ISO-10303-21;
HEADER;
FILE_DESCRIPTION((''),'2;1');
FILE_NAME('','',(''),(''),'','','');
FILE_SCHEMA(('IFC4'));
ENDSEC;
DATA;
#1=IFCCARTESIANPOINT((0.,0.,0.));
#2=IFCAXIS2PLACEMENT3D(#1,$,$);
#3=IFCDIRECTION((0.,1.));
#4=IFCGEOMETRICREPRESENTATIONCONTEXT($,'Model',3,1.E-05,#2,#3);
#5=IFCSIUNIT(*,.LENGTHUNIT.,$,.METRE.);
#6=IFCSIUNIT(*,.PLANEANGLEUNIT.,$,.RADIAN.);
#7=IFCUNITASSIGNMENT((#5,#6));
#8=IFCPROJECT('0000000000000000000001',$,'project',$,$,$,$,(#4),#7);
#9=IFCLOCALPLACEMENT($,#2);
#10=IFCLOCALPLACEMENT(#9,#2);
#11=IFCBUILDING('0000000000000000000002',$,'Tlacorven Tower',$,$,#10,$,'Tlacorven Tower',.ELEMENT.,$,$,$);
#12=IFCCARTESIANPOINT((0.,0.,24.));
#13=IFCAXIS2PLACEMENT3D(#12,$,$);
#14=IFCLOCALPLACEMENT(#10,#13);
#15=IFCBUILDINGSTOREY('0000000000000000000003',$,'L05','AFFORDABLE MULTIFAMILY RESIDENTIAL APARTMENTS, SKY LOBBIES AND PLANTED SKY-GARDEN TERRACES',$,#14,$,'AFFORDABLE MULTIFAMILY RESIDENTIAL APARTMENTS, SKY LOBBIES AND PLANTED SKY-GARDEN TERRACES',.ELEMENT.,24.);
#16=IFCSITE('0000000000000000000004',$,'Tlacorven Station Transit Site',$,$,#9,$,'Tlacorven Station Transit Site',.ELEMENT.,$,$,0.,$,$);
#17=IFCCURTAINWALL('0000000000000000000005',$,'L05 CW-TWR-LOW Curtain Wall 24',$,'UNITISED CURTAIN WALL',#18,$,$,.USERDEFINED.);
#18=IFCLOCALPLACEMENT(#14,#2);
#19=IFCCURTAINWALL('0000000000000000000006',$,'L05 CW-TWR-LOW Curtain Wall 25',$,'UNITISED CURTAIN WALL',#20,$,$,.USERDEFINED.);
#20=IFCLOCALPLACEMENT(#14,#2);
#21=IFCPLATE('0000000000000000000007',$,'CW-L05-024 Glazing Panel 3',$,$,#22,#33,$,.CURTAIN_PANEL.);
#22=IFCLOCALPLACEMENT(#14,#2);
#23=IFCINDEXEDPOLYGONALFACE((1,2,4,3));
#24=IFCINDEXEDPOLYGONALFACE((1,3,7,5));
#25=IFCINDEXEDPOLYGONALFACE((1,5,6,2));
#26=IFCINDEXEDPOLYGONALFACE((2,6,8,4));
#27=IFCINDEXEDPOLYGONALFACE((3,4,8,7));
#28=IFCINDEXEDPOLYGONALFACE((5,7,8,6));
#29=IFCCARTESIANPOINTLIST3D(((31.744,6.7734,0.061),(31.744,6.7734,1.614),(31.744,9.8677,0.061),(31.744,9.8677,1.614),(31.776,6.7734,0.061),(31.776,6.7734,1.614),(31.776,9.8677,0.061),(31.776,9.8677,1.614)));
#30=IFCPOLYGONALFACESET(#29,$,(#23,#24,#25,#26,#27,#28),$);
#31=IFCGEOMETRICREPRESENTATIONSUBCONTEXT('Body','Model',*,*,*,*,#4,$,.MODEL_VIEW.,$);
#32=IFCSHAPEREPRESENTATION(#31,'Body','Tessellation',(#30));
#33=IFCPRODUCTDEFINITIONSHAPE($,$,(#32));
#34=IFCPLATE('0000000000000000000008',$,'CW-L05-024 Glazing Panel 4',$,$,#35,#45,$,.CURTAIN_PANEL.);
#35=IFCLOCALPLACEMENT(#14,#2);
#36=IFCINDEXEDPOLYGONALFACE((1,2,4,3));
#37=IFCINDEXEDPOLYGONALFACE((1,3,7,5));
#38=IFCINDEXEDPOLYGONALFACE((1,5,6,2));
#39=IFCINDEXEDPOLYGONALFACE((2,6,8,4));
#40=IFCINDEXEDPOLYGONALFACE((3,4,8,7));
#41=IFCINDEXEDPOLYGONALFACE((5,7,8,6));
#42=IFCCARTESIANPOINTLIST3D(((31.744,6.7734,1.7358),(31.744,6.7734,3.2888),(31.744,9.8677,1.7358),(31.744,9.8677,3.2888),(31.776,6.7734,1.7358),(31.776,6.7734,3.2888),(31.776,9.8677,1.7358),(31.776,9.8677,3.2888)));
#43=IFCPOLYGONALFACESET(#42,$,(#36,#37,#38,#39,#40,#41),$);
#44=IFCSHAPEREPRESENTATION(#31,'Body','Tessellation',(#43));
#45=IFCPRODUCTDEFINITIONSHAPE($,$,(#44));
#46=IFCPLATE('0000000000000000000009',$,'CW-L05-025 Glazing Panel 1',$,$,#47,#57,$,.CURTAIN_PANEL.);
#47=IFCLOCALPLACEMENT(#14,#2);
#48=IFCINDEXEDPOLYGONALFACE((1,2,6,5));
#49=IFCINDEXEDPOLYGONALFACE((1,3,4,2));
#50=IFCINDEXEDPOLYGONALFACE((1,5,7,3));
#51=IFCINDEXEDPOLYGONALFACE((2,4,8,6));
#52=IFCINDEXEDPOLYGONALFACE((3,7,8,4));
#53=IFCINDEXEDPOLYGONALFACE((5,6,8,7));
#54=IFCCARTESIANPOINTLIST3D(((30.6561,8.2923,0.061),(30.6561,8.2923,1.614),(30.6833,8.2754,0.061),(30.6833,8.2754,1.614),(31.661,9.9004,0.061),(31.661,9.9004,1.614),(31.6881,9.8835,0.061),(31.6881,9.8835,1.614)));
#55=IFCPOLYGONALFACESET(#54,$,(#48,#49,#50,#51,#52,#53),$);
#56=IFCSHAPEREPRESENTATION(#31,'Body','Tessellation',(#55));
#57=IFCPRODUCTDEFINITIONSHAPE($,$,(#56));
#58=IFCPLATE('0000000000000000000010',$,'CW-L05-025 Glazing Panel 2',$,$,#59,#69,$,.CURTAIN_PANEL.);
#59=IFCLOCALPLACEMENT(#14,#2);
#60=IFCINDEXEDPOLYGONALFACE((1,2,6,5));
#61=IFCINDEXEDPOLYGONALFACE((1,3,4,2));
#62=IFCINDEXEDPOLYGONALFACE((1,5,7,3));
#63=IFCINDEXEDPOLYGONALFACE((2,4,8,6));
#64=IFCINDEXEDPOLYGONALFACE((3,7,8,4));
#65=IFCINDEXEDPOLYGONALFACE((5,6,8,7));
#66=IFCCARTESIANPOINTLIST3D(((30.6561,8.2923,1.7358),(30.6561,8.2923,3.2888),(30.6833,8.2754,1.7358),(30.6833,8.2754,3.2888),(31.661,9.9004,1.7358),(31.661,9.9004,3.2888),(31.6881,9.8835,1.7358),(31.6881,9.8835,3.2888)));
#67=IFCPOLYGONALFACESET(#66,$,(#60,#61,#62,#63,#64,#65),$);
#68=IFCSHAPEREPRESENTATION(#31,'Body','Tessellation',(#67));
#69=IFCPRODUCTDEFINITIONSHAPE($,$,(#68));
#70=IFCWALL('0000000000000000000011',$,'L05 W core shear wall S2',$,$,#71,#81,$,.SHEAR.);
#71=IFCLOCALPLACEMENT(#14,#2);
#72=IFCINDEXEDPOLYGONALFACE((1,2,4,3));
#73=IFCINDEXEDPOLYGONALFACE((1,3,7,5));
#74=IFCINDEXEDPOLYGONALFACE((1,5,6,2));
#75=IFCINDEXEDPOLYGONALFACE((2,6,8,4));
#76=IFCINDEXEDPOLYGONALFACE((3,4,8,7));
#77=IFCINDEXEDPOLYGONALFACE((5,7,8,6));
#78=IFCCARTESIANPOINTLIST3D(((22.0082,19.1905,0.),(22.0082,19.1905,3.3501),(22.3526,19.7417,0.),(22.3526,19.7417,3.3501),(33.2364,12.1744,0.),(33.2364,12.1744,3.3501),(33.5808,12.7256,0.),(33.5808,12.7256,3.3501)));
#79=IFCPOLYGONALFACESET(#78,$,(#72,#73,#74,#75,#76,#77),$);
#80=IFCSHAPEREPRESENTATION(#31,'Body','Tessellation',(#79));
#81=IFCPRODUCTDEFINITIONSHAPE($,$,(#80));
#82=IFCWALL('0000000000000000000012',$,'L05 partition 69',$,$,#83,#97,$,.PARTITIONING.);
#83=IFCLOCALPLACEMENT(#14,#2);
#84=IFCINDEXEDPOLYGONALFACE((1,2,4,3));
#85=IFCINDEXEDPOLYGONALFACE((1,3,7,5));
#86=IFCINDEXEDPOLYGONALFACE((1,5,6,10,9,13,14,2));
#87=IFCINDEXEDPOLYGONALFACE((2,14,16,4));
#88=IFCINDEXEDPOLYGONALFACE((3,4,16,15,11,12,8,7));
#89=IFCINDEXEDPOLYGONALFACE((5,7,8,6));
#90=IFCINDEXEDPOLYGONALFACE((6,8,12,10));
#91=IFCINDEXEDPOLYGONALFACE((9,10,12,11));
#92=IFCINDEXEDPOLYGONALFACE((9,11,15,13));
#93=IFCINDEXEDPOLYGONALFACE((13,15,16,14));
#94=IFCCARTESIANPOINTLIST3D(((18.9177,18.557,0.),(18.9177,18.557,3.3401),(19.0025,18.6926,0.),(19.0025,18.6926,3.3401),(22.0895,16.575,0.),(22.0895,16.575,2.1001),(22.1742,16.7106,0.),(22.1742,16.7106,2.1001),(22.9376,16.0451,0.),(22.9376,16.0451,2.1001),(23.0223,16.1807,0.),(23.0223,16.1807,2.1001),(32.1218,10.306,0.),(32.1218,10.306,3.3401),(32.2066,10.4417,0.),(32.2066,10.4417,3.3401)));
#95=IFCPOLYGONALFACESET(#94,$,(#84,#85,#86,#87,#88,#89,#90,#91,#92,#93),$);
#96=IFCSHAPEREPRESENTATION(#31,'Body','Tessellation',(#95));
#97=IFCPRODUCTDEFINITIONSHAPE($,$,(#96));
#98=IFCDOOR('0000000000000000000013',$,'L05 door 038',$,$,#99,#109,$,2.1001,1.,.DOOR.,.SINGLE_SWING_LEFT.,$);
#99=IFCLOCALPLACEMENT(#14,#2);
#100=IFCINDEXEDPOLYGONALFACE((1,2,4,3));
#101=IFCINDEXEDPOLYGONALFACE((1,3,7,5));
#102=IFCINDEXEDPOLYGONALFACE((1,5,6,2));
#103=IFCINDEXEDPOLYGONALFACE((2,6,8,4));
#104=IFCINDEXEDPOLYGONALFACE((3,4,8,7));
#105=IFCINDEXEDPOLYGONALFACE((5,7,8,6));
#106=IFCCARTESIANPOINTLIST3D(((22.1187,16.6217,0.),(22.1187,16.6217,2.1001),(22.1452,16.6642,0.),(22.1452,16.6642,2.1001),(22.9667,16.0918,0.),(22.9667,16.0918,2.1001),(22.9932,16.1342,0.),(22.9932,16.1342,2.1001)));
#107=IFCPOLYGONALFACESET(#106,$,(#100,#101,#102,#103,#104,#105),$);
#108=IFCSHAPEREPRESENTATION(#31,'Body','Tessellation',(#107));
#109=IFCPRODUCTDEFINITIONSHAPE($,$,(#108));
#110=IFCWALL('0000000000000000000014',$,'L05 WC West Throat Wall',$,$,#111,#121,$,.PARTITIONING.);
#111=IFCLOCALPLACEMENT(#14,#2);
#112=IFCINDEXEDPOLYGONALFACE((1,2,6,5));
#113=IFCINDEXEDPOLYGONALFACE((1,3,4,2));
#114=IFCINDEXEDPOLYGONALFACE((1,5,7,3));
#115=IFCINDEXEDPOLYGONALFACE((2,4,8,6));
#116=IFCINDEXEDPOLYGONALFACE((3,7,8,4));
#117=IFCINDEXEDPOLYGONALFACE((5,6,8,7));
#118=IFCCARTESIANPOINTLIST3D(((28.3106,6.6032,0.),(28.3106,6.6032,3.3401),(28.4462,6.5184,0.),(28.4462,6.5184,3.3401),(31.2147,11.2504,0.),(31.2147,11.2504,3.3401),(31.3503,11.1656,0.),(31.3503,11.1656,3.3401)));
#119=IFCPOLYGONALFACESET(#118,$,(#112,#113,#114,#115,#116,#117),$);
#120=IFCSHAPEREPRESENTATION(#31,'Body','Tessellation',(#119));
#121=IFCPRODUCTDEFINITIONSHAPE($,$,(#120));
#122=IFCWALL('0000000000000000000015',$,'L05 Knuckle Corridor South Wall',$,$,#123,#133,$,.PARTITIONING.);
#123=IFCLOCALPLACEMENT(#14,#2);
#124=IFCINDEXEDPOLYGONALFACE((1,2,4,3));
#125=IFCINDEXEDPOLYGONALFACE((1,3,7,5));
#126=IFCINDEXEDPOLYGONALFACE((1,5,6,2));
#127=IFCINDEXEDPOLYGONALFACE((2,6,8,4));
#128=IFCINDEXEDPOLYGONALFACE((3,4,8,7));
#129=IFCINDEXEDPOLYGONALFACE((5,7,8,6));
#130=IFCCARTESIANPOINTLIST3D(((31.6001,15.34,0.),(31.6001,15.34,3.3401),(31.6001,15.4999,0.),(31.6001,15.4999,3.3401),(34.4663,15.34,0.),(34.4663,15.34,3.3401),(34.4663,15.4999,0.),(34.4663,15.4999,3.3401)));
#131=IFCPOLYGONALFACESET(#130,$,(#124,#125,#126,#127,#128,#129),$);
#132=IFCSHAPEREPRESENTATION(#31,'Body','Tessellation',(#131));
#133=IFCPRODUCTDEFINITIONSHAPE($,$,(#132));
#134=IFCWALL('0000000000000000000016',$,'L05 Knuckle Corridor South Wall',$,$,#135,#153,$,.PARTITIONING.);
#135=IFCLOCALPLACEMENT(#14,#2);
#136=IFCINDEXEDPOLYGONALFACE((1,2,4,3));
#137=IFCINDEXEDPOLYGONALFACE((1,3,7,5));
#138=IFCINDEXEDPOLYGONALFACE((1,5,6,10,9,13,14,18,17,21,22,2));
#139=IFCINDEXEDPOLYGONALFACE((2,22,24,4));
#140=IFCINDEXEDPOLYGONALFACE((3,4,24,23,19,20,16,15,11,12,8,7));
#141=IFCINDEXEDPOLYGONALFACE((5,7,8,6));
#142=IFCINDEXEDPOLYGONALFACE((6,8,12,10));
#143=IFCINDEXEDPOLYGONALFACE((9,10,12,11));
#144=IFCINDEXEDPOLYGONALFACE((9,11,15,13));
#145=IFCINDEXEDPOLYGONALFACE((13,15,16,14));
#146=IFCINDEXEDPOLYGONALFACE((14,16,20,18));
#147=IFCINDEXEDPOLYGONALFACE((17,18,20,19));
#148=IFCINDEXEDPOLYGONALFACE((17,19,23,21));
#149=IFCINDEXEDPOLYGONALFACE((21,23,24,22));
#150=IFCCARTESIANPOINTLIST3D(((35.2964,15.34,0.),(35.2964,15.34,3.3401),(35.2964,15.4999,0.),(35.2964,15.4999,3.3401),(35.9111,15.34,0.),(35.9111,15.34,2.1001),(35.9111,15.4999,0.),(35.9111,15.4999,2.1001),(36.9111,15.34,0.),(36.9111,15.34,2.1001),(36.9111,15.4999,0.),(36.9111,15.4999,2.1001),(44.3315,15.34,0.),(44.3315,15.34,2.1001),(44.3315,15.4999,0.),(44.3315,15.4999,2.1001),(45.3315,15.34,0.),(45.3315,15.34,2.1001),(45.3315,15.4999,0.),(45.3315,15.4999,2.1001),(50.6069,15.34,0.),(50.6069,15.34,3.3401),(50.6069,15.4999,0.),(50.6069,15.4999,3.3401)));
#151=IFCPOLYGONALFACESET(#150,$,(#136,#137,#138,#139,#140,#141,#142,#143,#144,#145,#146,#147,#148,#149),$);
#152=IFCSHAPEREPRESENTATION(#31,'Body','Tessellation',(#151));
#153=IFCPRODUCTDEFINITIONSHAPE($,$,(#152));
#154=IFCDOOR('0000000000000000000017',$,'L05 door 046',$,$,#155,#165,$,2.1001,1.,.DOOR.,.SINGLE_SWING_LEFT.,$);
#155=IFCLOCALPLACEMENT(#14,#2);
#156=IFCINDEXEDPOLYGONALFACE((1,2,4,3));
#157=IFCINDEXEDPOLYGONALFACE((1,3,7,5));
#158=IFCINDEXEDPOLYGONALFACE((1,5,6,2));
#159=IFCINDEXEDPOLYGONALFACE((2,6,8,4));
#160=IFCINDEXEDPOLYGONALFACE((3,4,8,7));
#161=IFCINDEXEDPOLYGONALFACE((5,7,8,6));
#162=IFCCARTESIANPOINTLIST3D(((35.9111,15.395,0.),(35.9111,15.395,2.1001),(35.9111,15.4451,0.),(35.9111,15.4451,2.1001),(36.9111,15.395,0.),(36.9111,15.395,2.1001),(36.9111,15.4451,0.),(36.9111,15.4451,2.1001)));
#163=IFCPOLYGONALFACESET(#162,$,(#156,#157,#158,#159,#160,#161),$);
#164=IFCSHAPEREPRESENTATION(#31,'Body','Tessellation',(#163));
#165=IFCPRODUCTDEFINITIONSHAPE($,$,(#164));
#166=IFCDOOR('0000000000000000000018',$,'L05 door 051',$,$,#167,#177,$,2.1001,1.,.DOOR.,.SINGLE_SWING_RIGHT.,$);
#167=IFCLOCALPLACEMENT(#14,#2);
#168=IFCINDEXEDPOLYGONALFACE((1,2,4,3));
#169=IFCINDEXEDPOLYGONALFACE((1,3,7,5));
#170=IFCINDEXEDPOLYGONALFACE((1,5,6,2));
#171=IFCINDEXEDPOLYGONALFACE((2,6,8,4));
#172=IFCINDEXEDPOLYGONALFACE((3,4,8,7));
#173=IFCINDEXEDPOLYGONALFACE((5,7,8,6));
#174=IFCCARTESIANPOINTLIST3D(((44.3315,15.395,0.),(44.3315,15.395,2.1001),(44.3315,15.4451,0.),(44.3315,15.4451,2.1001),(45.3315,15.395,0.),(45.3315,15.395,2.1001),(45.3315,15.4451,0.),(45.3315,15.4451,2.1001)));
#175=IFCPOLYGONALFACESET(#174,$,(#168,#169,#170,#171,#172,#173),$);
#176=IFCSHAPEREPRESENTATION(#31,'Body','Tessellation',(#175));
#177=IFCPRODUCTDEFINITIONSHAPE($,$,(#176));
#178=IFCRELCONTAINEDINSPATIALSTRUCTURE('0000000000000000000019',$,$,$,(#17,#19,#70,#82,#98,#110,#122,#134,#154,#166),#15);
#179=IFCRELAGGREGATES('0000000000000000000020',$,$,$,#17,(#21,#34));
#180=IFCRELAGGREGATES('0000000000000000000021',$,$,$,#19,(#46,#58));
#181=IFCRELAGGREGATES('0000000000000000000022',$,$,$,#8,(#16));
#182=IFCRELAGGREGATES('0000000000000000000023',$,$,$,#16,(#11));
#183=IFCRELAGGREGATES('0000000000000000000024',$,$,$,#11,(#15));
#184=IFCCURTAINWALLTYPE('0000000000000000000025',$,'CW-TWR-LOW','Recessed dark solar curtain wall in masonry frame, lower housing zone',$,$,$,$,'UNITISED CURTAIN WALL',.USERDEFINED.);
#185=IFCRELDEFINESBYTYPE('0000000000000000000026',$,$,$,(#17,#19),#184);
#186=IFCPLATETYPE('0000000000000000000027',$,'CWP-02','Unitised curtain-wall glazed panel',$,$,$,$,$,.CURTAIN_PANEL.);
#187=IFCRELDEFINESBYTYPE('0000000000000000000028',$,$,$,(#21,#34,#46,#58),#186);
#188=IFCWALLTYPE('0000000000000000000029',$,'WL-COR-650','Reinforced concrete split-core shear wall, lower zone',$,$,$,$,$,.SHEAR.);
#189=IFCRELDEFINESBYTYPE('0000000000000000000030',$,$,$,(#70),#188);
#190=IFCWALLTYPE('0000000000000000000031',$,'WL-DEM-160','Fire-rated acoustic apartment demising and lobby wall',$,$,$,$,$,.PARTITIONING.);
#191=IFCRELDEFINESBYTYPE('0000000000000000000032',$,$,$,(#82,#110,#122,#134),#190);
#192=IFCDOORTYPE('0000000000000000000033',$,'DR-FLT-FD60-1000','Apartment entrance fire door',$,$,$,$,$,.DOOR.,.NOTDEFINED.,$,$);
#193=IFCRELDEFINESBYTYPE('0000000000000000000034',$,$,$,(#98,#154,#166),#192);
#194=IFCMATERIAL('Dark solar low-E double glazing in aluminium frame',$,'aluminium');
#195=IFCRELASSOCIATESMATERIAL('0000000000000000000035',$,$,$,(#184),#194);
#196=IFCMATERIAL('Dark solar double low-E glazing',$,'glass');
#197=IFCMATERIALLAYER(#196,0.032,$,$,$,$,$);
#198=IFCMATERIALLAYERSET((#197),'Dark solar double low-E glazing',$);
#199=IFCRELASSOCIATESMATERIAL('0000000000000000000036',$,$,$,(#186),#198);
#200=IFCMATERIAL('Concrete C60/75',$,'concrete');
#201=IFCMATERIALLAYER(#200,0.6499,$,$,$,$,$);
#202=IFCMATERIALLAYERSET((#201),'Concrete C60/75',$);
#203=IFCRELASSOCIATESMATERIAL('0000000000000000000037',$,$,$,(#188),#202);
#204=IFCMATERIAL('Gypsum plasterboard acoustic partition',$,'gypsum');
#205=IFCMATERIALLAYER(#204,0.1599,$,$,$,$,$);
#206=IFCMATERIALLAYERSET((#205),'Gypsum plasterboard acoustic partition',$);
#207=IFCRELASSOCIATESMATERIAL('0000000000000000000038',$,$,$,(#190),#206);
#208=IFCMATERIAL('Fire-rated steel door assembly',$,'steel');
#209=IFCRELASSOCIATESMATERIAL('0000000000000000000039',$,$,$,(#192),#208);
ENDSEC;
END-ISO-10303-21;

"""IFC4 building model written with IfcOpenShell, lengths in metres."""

from ifc_helpers import new_model, si_unit, direction, frame, frame_2d, origin, origin_2d, place, context, subcontext, project, spatial, rectangle, extrude, source, transform, mapped, material, layer, layer_set, type_object, element, fill, aggregate, save


model = new_model("IFC4")

# Units and contexts
model_context = context("Model", 3, precision=1e-05, world=origin(), true_north=direction((0.0, 1.0)))
body_context = subcontext(model_context, "Body", "Model", "MODEL_VIEW")
ifc_project = project(units=[si_unit("LENGTHUNIT", "METRE"), si_unit("PLANEANGLEUNIT", "RADIAN")], contexts=[model_context])

# Site, building, storey
site_placement = place(None, origin())
site = spatial("IfcSite", under=ifc_project, at=site_placement, Name="Tlacorven Station Transit Site", LongName="Tlacorven Station Transit Site", CompositionType="ELEMENT", RefElevation=0.0)
building_placement = place(site_placement, origin())
building = spatial("IfcBuilding", under=site, at=building_placement, Name="Tlacorven Tower", LongName="Tlacorven Tower", CompositionType="ELEMENT")
storey_placement = place(building_placement, frame((0.0, 0.0, 24.0)))
storey = spatial("IfcBuildingStorey", under=building, at=storey_placement, Name="L05", Description="AFFORDABLE MULTIFAMILY RESIDENTIAL APARTMENTS, SKY LOBBIES AND PLANTED SKY-GARDEN TERRACES", LongName="AFFORDABLE MULTIFAMILY RESIDENTIAL APARTMENTS, SKY LOBBIES AND PLANTED SKY-GARDEN TERRACES", CompositionType="ELEMENT", Elevation=24.0)

# Curtain walls
ifc_material_1 = material(Name="Dark solar low-E double glazing in aluminium frame", Category="aluminium")
curtain_wall_type = type_object("IfcCurtainWallType", Name="CW-TWR-LOW", Description="Recessed dark solar curtain wall in masonry frame, lower housing zone", ElementType="UNITISED CURTAIN WALL", PredefinedType="USERDEFINED", material=ifc_material_1)
curtain_wall_1_placement = place(storey_placement, origin())
curtain_wall_1 = element("IfcCurtainWall", 1, at=curtain_wall_1_placement, inside=storey, type_object=curtain_wall_type, Name="L05 CW-TWR-LOW Curtain Wall 24", ObjectType="UNITISED CURTAIN WALL", PredefinedType="USERDEFINED")
curtain_wall_2_placement = place(storey_placement, origin())
curtain_wall_2 = element("IfcCurtainWall", 2, at=curtain_wall_2_placement, inside=storey, type_object=curtain_wall_type, Name="L05 CW-TWR-LOW Curtain Wall 25", ObjectType="UNITISED CURTAIN WALL", PredefinedType="USERDEFINED")

# Plates
ifc_material_2 = material(Name="Dark solar double low-E glazing", Category="glass")
ifc_layer_1 = layer(ifc_material_2, 0.032)
ifc_layer_set_1 = layer_set([ifc_layer_1], Name="Dark solar double low-E glazing")
plate_type = type_object("IfcPlateType", Name="CWP-02", Description="Unitised curtain-wall glazed panel", PredefinedType="CURTAIN_PANEL", material=ifc_layer_set_1)
shared_shape_1 = source(origin(), body_context, "Body", "SweptSolid", [
    extrude(rectangle(XDim=3.0942, YDim=0.032, at=origin_2d()), origin(), (0.0, 0.0, 1.0), 1.553),
])
plate_1_placement = place(storey_placement, frame((31.76, 8.3206, 0.061), z_axis=(0.0, 0.0, 1.0), x_axis=(0.0, 1.0, 0.0)))
plate_1 = element("IfcPlate", 3, at=plate_1_placement, type_object=plate_type, Name="CW-L05-024 Glazing Panel 3", PredefinedType="CURTAIN_PANEL", context=body_context, shape_type="MappedRepresentation", body=[
    mapped(shared_shape_1, transform((0.0, 0.0, 0.0), scale=1.0)),
])
plate_2_placement = place(storey_placement, frame((31.76, 8.3206, 1.7358), z_axis=(0.0, 0.0, 1.0), x_axis=(0.0, 1.0, 0.0)))
plate_2 = element("IfcPlate", 4, at=plate_2_placement, type_object=plate_type, Name="CW-L05-024 Glazing Panel 4", PredefinedType="CURTAIN_PANEL", context=body_context, shape_type="MappedRepresentation", body=[
    mapped(shared_shape_1, transform((0.0, 0.0, 0.0), scale=1.0)),
])
aggregate(curtain_wall_1, [plate_1, plate_2])
shared_shape_2 = source(origin(), body_context, "Body", "SweptSolid", [
    extrude(rectangle(XDim=1.8962, YDim=0.032, at=origin_2d()), origin(), (0.0, 0.0, 1.0), 1.553),
])
plate_3_placement = place(storey_placement, frame((31.1721, 9.0879, 0.061), z_axis=(0.0, 0.0, 1.0), x_axis=(-0.529919, -0.848048, 0.0)))
plate_3 = element("IfcPlate", 5, at=plate_3_placement, type_object=plate_type, Name="CW-L05-025 Glazing Panel 1", PredefinedType="CURTAIN_PANEL", context=body_context, shape_type="MappedRepresentation", body=[
    mapped(shared_shape_2, transform((0.0, 0.0, 0.0), scale=1.0)),
])
plate_4_placement = place(storey_placement, frame((31.1721, 9.0879, 1.7358), z_axis=(0.0, 0.0, 1.0), x_axis=(-0.529919, -0.848048, 0.0)))
plate_4 = element("IfcPlate", 6, at=plate_4_placement, type_object=plate_type, Name="CW-L05-025 Glazing Panel 2", PredefinedType="CURTAIN_PANEL", context=body_context, shape_type="MappedRepresentation", body=[
    mapped(shared_shape_2, transform((0.0, 0.0, 0.0), scale=1.0)),
])
aggregate(curtain_wall_2, [plate_3, plate_4])

# Wall
ifc_material_3 = material(Name="Concrete C60/75", Category="concrete")
ifc_layer_2 = layer(ifc_material_3, 0.6499)
ifc_layer_set_2 = layer_set([ifc_layer_2], Name="Concrete C60/75")
wall_type_1 = type_object("IfcWallType", Name="WL-COR-650", Description="Reinforced concrete split-core shear wall, lower zone", PredefinedType="SHEAR", material=ifc_layer_set_2)
wall_1_placement = place(storey_placement, frame((33.4087, 12.45, 0.0), z_axis=(0.0, 0.0, 1.0), x_axis=(-0.848051, 0.529914, 0.0)))
element("IfcWall", 7, at=wall_1_placement, inside=storey, type_object=wall_type_1, Name="L05 W core shear wall S2", PredefinedType="SHEAR", context=body_context, shape_type="SweptSolid", body=[
    extrude(rectangle(XDim=13.24, YDim=0.6499, at=frame_2d((6.6201, 0.0))), origin(), (0.0, 0.0, 1.0), 3.3501),
])

# Wall, opening, door
ifc_material_4 = material(Name="Gypsum plasterboard acoustic partition", Category="gypsum")
ifc_layer_3 = layer(ifc_material_4, 0.1599)
ifc_layer_set_3 = layer_set([ifc_layer_3], Name="Gypsum plasterboard acoustic partition")
wall_type_2 = type_object("IfcWallType", Name="WL-DEM-160", Description="Fire-rated acoustic apartment demising and lobby wall", PredefinedType="PARTITIONING", material=ifc_layer_set_3)
wall_2_placement = place(storey_placement, frame((32.1643, 10.3738, 0.0), z_axis=(0.0, 0.0, 1.0), x_axis=(-0.848044, 0.529926, 0.0)))
wall_2 = element("IfcWall", 8, at=wall_2_placement, inside=storey, type_object=wall_type_2, Name="L05 partition 69", PredefinedType="PARTITIONING", context=body_context, shape_type="SweptSolid", body=[
    extrude(rectangle(XDim=15.5701, YDim=0.1599, at=frame_2d((7.7852, 0.0))), origin(), (0.0, 0.0, 1.0), 3.3401),
])
opening_1_placement = place(wall_2_placement, frame((10.8301, 0.0, 0.0)))
opening_1 = element("IfcOpeningElement", 9, at=opening_1_placement, cuts=wall_2, PredefinedType="OPENING", context=body_context, shape_type="SweptSolid", body=[
    extrude(rectangle(XDim=1.0, YDim=2.1001, at=frame_2d((0.5, 1.05))), frame((0.0, 0.0898, 0.0), z_axis=(0.0, -1.0, 0.0), x_axis=(1.0, 0.0, 0.0)), (0.0, 0.0, 1.0), 0.1799),
])
ifc_material_5 = material(Name="Fire-rated steel door assembly", Category="steel")
door_type_1 = type_object("IfcDoorType", Name="DR-FLT-FD60-1000", Description="Apartment entrance fire door", OperationType="NOTDEFINED", PredefinedType="DOOR", material=ifc_material_5)
shared_shape_3 = source(origin(), body_context, "Body", "SweptSolid", [
    extrude(rectangle(XDim=1.0, YDim=2.1001, at=frame_2d((0.5, 1.05))), frame((0.0, 0.0249, 0.0), z_axis=(0.0, -1.0, 0.0), x_axis=(1.0, 0.0, 0.0)), (0.0, 0.0, 1.0), 0.05),
])
door_1_placement = place(opening_1_placement, origin())
door_1 = element("IfcDoor", 10, at=door_1_placement, inside=storey, type_object=door_type_1, Name="L05 door 038", OperationType="SINGLE_SWING_LEFT", OverallHeight=2.1001, OverallWidth=1.0, PredefinedType="DOOR", context=body_context, shape_type="MappedRepresentation", body=[
    mapped(shared_shape_3, transform((0.0, 0.0, 0.0), scale=1.0)),
])
fill(opening_1, door_1)

# Walls
wall_3_placement = place(storey_placement, frame((31.2825, 11.208, 0.0), z_axis=(0.0, 0.0, 1.0), x_axis=(-0.529939, -0.848036, 0.0)))
element("IfcWall", 11, at=wall_3_placement, inside=storey, type_object=wall_type_2, Name="L05 WC West Throat Wall", PredefinedType="PARTITIONING", context=body_context, shape_type="SweptSolid", body=[
    extrude(rectangle(XDim=5.48, YDim=0.1599, at=frame_2d((2.74, 0.0))), origin(), (0.0, 0.0, 1.0), 3.3401),
])
wall_4_placement = place(storey_placement, frame((31.6001, 15.4199, 0.0), z_axis=(0.0, 0.0, 1.0), x_axis=(1.0, 0.0, 0.0)))
element("IfcWall", 12, at=wall_4_placement, inside=storey, type_object=wall_type_2, Name="L05 Knuckle Corridor South Wall", PredefinedType="PARTITIONING", context=body_context, shape_type="SweptSolid", body=[
    extrude(rectangle(XDim=2.8662, YDim=0.1599, at=frame_2d((1.4331, 0.0))), origin(), (0.0, 0.0, 1.0), 3.3401),
])

# Wall, openings, doors
wall_5_placement = place(storey_placement, frame((35.2964, 15.4199, 0.0), z_axis=(0.0, 0.0, 1.0), x_axis=(1.0, 0.0, 0.0)))
wall_5 = element("IfcWall", 13, at=wall_5_placement, inside=storey, type_object=wall_type_2, Name="L05 Knuckle Corridor South Wall", PredefinedType="PARTITIONING", context=body_context, shape_type="SweptSolid", body=[
    extrude(rectangle(XDim=15.3105, YDim=0.1599, at=frame_2d((7.6553, 0.0))), origin(), (0.0, 0.0, 1.0), 3.3401),
])
opening_2_placement = place(wall_5_placement, frame((0.6147, 0.0, 0.0)))
opening_2 = element("IfcOpeningElement", 14, at=opening_2_placement, cuts=wall_5, PredefinedType="OPENING", context=body_context, shape_type="SweptSolid", body=[
    extrude(rectangle(XDim=1.0, YDim=2.1001, at=frame_2d((0.5, 1.05))), frame((0.0, 0.0898, 0.0), z_axis=(0.0, -1.0, 0.0), x_axis=(1.0, 0.0, 0.0)), (0.0, 0.0, 1.0), 0.1799),
])
opening_3_placement = place(wall_5_placement, frame((9.0352, 0.0, 0.0)))
opening_3 = element("IfcOpeningElement", 15, at=opening_3_placement, cuts=wall_5, PredefinedType="OPENING", context=body_context, shape_type="SweptSolid", body=[
    extrude(rectangle(XDim=1.0, YDim=2.1001, at=frame_2d((0.5, 1.05))), frame((0.0, 0.0898, 0.0), z_axis=(0.0, -1.0, 0.0), x_axis=(1.0, 0.0, 0.0)), (0.0, 0.0, 1.0), 0.1799),
])
door_2_placement = place(opening_2_placement, frame((1.0, 0.0, 0.0), z_axis=(0.0, 0.0, 1.0), x_axis=(-1.0, 0.0, 0.0)))
door_2 = element("IfcDoor", 16, at=door_2_placement, inside=storey, type_object=door_type_1, Name="L05 door 046", OperationType="SINGLE_SWING_LEFT", OverallHeight=2.1001, OverallWidth=1.0, PredefinedType="DOOR", context=body_context, shape_type="MappedRepresentation", body=[
    mapped(shared_shape_3, transform((0.0, 0.0, 0.0), scale=1.0)),
])
fill(opening_2, door_2)
door_3_placement = place(opening_3_placement, frame((1.0, 0.0, 0.0), z_axis=(0.0, 0.0, 1.0), x_axis=(-1.0, 0.0, 0.0)))
door_3 = element("IfcDoor", 17, at=door_3_placement, inside=storey, type_object=door_type_1, Name="L05 door 051", OperationType="SINGLE_SWING_RIGHT", OverallHeight=2.1001, OverallWidth=1.0, PredefinedType="DOOR", context=body_context, shape_type="MappedRepresentation", body=[
    mapped(shared_shape_3, transform((0.0, 0.0, 0.0), scale=1.0)),
])
fill(opening_3, door_3)

save(model, "model.ifc")
